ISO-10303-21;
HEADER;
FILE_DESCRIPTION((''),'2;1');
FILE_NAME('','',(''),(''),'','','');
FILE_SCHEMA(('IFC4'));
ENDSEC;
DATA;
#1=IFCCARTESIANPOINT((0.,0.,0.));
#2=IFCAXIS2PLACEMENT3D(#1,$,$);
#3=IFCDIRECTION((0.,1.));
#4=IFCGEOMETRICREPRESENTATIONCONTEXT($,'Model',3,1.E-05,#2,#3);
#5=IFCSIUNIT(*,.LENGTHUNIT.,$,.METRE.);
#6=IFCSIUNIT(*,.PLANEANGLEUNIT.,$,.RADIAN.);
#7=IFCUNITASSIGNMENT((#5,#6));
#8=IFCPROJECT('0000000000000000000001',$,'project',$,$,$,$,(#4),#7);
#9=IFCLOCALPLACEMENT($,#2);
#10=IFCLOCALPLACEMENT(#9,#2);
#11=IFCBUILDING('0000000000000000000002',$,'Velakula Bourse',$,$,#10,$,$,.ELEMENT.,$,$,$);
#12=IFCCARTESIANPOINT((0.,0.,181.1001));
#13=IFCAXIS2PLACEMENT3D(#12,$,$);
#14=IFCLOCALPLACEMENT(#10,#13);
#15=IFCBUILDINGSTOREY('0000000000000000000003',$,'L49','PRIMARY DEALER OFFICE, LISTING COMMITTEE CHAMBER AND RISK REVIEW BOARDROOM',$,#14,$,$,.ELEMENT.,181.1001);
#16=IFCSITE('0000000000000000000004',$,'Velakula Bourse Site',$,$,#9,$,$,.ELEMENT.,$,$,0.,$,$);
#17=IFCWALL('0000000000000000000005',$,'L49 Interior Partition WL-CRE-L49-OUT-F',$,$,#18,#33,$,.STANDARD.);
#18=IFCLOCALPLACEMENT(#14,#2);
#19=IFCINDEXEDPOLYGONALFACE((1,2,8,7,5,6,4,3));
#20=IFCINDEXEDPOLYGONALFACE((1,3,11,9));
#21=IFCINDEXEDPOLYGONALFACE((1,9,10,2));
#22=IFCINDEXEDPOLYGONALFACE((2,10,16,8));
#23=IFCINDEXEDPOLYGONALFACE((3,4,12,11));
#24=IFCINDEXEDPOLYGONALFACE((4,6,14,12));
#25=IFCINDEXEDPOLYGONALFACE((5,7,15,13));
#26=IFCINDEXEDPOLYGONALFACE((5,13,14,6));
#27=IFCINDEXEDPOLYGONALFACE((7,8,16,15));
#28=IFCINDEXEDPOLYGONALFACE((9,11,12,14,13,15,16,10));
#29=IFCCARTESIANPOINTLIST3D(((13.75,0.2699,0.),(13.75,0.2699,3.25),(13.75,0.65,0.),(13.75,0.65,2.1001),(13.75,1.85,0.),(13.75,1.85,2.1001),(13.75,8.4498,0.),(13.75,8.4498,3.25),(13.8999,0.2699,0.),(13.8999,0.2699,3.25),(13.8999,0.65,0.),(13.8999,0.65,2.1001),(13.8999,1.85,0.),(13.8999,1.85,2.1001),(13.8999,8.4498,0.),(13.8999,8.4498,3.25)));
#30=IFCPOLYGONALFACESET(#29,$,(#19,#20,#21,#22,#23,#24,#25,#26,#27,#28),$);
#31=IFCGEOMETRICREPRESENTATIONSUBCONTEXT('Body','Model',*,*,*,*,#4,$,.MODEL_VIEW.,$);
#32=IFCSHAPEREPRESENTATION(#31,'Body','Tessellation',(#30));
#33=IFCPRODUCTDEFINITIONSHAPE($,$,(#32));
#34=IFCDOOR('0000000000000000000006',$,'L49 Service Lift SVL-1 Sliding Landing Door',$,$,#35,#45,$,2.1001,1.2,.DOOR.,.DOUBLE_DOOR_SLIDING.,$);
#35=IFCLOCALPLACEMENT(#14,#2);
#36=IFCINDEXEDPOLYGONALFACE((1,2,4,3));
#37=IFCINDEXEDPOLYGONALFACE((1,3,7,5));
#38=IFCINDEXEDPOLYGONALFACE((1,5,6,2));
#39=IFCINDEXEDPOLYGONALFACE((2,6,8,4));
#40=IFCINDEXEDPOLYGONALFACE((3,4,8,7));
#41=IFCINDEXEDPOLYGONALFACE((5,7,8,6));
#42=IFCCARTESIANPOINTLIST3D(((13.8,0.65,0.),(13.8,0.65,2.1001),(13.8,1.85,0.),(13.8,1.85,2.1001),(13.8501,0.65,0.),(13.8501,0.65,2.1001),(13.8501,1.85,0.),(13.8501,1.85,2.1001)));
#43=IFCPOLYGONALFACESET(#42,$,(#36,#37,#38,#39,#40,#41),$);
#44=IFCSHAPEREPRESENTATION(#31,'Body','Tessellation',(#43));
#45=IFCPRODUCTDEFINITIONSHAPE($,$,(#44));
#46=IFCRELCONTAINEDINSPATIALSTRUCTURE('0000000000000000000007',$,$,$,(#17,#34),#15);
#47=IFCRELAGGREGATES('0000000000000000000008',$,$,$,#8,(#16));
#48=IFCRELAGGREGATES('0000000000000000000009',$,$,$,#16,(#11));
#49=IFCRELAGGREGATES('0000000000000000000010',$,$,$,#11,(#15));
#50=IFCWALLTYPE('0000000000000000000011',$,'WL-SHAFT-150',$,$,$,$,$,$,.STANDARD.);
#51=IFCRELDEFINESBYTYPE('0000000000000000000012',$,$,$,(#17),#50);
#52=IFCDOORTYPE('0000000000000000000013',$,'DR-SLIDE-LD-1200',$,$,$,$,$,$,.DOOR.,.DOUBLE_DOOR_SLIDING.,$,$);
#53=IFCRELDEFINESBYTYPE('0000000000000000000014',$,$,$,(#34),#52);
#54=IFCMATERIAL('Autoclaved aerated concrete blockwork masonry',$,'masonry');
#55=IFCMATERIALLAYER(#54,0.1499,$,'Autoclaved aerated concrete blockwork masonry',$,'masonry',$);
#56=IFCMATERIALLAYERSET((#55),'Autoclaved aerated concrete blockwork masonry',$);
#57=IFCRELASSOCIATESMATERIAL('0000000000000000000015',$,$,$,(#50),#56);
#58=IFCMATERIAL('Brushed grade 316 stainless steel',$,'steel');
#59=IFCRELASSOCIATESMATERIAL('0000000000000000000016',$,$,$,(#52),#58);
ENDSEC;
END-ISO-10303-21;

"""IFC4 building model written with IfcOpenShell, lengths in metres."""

from ifc_helpers import new_model, si_unit, direction, frame, frame_2d, origin, place, context, subcontext, project, spatial, rectangle, extrude, material, layer, layer_set, type_object, element, fill, save


model = new_model("IFC4")

# Units and contexts
model_context = context("Model", 3, precision=1e-05, world=origin(), true_north=direction((0.0, 1.0)))
body_context = subcontext(model_context, "Body", "Model", "MODEL_VIEW")
ifc_project = project(units=[si_unit("LENGTHUNIT", "METRE"), si_unit("PLANEANGLEUNIT", "RADIAN")], contexts=[model_context])

# Site, building, storey
site_placement = place(None, origin())
site = spatial("IfcSite", under=ifc_project, at=site_placement, Name="Velakula Bourse Site", CompositionType="ELEMENT", RefElevation=0.0)
building_placement = place(site_placement, origin())
building = spatial("IfcBuilding", under=site, at=building_placement, Name="Velakula Bourse", CompositionType="ELEMENT")
storey_placement = place(building_placement, frame((0.0, 0.0, 181.1001)))
storey = spatial("IfcBuildingStorey", under=building, at=storey_placement, Name="L49", Description="PRIMARY DEALER OFFICE, LISTING COMMITTEE CHAMBER AND RISK REVIEW BOARDROOM", CompositionType="ELEMENT", Elevation=181.1001)

# Shared definitions
ifc_material_1 = material(Name="Autoclaved aerated concrete blockwork masonry", Category="masonry")
ifc_layer_1 = layer(ifc_material_1, 0.1499, Name="Autoclaved aerated concrete blockwork masonry", Category="masonry")
ifc_layer_set_1 = layer_set([ifc_layer_1], Name="Autoclaved aerated concrete blockwork masonry")
wall_type_1 = type_object("IfcWallType", Name="WL-SHAFT-150", PredefinedType="STANDARD", material=ifc_layer_set_1)

# Shared definitions
ifc_material_2 = material(Name="Brushed grade 316 stainless steel", Category="steel")

# Wall, opening, door
wall_1_placement = place(storey_placement, frame((13.825, 0.27, 0.0), z_axis=(0.0, 0.0, 1.0), x_axis=(0.0, 1.0, 0.0)))
wall_1 = element("IfcWall", 1, at=wall_1_placement, inside=storey, type_object=wall_type_1, Name="L49 Interior Partition WL-CRE-L49-OUT-F", PredefinedType="STANDARD", context=body_context, shape_type="SweptSolid", body=[
    extrude(rectangle(XDim=8.1799, YDim=0.1499, at=frame_2d((4.0898, 0.0))), origin(), (0.0, 0.0, 1.0), 3.25),
])
opening_1_placement = place(wall_1_placement, frame((0.3799, 0.0, 0.0)))
opening_1 = element("IfcOpeningElement", 2, at=opening_1_placement, cuts=wall_1, PredefinedType="OPENING", context=body_context, shape_type="SweptSolid", body=[
    extrude(rectangle(XDim=1.2, YDim=2.1001, at=frame_2d((0.6001, 1.05))), frame((0.0, 0.085, 0.0), z_axis=(0.0, -1.0, 0.0), x_axis=(1.0, 0.0, 0.0)), (0.0, 0.0, 1.0), 0.1699),
])
door_type_1 = type_object("IfcDoorType", Name="DR-SLIDE-LD-1200", OperationType="DOUBLE_DOOR_SLIDING", PredefinedType="DOOR", material=ifc_material_2)
door_1_placement = place(opening_1_placement, origin())
door_1 = element("IfcDoor", 3, at=door_1_placement, inside=storey, type_object=door_type_1, Name="L49 Service Lift SVL-1 Sliding Landing Door", OperationType="DOUBLE_DOOR_SLIDING", OverallHeight=2.1001, OverallWidth=1.2, PredefinedType="DOOR", context=body_context, shape_type="SweptSolid", body=[
    extrude(rectangle(XDim=1.2, YDim=2.1001, at=frame_2d((0.6001, 1.05))), frame((0.0, 0.0249, 0.0), z_axis=(0.0, -1.0, 0.0), x_axis=(1.0, 0.0, 0.0)), (0.0, 0.0, 1.0), 0.05),
])
fill(opening_1, door_1)

save(model, "model.ifc")
